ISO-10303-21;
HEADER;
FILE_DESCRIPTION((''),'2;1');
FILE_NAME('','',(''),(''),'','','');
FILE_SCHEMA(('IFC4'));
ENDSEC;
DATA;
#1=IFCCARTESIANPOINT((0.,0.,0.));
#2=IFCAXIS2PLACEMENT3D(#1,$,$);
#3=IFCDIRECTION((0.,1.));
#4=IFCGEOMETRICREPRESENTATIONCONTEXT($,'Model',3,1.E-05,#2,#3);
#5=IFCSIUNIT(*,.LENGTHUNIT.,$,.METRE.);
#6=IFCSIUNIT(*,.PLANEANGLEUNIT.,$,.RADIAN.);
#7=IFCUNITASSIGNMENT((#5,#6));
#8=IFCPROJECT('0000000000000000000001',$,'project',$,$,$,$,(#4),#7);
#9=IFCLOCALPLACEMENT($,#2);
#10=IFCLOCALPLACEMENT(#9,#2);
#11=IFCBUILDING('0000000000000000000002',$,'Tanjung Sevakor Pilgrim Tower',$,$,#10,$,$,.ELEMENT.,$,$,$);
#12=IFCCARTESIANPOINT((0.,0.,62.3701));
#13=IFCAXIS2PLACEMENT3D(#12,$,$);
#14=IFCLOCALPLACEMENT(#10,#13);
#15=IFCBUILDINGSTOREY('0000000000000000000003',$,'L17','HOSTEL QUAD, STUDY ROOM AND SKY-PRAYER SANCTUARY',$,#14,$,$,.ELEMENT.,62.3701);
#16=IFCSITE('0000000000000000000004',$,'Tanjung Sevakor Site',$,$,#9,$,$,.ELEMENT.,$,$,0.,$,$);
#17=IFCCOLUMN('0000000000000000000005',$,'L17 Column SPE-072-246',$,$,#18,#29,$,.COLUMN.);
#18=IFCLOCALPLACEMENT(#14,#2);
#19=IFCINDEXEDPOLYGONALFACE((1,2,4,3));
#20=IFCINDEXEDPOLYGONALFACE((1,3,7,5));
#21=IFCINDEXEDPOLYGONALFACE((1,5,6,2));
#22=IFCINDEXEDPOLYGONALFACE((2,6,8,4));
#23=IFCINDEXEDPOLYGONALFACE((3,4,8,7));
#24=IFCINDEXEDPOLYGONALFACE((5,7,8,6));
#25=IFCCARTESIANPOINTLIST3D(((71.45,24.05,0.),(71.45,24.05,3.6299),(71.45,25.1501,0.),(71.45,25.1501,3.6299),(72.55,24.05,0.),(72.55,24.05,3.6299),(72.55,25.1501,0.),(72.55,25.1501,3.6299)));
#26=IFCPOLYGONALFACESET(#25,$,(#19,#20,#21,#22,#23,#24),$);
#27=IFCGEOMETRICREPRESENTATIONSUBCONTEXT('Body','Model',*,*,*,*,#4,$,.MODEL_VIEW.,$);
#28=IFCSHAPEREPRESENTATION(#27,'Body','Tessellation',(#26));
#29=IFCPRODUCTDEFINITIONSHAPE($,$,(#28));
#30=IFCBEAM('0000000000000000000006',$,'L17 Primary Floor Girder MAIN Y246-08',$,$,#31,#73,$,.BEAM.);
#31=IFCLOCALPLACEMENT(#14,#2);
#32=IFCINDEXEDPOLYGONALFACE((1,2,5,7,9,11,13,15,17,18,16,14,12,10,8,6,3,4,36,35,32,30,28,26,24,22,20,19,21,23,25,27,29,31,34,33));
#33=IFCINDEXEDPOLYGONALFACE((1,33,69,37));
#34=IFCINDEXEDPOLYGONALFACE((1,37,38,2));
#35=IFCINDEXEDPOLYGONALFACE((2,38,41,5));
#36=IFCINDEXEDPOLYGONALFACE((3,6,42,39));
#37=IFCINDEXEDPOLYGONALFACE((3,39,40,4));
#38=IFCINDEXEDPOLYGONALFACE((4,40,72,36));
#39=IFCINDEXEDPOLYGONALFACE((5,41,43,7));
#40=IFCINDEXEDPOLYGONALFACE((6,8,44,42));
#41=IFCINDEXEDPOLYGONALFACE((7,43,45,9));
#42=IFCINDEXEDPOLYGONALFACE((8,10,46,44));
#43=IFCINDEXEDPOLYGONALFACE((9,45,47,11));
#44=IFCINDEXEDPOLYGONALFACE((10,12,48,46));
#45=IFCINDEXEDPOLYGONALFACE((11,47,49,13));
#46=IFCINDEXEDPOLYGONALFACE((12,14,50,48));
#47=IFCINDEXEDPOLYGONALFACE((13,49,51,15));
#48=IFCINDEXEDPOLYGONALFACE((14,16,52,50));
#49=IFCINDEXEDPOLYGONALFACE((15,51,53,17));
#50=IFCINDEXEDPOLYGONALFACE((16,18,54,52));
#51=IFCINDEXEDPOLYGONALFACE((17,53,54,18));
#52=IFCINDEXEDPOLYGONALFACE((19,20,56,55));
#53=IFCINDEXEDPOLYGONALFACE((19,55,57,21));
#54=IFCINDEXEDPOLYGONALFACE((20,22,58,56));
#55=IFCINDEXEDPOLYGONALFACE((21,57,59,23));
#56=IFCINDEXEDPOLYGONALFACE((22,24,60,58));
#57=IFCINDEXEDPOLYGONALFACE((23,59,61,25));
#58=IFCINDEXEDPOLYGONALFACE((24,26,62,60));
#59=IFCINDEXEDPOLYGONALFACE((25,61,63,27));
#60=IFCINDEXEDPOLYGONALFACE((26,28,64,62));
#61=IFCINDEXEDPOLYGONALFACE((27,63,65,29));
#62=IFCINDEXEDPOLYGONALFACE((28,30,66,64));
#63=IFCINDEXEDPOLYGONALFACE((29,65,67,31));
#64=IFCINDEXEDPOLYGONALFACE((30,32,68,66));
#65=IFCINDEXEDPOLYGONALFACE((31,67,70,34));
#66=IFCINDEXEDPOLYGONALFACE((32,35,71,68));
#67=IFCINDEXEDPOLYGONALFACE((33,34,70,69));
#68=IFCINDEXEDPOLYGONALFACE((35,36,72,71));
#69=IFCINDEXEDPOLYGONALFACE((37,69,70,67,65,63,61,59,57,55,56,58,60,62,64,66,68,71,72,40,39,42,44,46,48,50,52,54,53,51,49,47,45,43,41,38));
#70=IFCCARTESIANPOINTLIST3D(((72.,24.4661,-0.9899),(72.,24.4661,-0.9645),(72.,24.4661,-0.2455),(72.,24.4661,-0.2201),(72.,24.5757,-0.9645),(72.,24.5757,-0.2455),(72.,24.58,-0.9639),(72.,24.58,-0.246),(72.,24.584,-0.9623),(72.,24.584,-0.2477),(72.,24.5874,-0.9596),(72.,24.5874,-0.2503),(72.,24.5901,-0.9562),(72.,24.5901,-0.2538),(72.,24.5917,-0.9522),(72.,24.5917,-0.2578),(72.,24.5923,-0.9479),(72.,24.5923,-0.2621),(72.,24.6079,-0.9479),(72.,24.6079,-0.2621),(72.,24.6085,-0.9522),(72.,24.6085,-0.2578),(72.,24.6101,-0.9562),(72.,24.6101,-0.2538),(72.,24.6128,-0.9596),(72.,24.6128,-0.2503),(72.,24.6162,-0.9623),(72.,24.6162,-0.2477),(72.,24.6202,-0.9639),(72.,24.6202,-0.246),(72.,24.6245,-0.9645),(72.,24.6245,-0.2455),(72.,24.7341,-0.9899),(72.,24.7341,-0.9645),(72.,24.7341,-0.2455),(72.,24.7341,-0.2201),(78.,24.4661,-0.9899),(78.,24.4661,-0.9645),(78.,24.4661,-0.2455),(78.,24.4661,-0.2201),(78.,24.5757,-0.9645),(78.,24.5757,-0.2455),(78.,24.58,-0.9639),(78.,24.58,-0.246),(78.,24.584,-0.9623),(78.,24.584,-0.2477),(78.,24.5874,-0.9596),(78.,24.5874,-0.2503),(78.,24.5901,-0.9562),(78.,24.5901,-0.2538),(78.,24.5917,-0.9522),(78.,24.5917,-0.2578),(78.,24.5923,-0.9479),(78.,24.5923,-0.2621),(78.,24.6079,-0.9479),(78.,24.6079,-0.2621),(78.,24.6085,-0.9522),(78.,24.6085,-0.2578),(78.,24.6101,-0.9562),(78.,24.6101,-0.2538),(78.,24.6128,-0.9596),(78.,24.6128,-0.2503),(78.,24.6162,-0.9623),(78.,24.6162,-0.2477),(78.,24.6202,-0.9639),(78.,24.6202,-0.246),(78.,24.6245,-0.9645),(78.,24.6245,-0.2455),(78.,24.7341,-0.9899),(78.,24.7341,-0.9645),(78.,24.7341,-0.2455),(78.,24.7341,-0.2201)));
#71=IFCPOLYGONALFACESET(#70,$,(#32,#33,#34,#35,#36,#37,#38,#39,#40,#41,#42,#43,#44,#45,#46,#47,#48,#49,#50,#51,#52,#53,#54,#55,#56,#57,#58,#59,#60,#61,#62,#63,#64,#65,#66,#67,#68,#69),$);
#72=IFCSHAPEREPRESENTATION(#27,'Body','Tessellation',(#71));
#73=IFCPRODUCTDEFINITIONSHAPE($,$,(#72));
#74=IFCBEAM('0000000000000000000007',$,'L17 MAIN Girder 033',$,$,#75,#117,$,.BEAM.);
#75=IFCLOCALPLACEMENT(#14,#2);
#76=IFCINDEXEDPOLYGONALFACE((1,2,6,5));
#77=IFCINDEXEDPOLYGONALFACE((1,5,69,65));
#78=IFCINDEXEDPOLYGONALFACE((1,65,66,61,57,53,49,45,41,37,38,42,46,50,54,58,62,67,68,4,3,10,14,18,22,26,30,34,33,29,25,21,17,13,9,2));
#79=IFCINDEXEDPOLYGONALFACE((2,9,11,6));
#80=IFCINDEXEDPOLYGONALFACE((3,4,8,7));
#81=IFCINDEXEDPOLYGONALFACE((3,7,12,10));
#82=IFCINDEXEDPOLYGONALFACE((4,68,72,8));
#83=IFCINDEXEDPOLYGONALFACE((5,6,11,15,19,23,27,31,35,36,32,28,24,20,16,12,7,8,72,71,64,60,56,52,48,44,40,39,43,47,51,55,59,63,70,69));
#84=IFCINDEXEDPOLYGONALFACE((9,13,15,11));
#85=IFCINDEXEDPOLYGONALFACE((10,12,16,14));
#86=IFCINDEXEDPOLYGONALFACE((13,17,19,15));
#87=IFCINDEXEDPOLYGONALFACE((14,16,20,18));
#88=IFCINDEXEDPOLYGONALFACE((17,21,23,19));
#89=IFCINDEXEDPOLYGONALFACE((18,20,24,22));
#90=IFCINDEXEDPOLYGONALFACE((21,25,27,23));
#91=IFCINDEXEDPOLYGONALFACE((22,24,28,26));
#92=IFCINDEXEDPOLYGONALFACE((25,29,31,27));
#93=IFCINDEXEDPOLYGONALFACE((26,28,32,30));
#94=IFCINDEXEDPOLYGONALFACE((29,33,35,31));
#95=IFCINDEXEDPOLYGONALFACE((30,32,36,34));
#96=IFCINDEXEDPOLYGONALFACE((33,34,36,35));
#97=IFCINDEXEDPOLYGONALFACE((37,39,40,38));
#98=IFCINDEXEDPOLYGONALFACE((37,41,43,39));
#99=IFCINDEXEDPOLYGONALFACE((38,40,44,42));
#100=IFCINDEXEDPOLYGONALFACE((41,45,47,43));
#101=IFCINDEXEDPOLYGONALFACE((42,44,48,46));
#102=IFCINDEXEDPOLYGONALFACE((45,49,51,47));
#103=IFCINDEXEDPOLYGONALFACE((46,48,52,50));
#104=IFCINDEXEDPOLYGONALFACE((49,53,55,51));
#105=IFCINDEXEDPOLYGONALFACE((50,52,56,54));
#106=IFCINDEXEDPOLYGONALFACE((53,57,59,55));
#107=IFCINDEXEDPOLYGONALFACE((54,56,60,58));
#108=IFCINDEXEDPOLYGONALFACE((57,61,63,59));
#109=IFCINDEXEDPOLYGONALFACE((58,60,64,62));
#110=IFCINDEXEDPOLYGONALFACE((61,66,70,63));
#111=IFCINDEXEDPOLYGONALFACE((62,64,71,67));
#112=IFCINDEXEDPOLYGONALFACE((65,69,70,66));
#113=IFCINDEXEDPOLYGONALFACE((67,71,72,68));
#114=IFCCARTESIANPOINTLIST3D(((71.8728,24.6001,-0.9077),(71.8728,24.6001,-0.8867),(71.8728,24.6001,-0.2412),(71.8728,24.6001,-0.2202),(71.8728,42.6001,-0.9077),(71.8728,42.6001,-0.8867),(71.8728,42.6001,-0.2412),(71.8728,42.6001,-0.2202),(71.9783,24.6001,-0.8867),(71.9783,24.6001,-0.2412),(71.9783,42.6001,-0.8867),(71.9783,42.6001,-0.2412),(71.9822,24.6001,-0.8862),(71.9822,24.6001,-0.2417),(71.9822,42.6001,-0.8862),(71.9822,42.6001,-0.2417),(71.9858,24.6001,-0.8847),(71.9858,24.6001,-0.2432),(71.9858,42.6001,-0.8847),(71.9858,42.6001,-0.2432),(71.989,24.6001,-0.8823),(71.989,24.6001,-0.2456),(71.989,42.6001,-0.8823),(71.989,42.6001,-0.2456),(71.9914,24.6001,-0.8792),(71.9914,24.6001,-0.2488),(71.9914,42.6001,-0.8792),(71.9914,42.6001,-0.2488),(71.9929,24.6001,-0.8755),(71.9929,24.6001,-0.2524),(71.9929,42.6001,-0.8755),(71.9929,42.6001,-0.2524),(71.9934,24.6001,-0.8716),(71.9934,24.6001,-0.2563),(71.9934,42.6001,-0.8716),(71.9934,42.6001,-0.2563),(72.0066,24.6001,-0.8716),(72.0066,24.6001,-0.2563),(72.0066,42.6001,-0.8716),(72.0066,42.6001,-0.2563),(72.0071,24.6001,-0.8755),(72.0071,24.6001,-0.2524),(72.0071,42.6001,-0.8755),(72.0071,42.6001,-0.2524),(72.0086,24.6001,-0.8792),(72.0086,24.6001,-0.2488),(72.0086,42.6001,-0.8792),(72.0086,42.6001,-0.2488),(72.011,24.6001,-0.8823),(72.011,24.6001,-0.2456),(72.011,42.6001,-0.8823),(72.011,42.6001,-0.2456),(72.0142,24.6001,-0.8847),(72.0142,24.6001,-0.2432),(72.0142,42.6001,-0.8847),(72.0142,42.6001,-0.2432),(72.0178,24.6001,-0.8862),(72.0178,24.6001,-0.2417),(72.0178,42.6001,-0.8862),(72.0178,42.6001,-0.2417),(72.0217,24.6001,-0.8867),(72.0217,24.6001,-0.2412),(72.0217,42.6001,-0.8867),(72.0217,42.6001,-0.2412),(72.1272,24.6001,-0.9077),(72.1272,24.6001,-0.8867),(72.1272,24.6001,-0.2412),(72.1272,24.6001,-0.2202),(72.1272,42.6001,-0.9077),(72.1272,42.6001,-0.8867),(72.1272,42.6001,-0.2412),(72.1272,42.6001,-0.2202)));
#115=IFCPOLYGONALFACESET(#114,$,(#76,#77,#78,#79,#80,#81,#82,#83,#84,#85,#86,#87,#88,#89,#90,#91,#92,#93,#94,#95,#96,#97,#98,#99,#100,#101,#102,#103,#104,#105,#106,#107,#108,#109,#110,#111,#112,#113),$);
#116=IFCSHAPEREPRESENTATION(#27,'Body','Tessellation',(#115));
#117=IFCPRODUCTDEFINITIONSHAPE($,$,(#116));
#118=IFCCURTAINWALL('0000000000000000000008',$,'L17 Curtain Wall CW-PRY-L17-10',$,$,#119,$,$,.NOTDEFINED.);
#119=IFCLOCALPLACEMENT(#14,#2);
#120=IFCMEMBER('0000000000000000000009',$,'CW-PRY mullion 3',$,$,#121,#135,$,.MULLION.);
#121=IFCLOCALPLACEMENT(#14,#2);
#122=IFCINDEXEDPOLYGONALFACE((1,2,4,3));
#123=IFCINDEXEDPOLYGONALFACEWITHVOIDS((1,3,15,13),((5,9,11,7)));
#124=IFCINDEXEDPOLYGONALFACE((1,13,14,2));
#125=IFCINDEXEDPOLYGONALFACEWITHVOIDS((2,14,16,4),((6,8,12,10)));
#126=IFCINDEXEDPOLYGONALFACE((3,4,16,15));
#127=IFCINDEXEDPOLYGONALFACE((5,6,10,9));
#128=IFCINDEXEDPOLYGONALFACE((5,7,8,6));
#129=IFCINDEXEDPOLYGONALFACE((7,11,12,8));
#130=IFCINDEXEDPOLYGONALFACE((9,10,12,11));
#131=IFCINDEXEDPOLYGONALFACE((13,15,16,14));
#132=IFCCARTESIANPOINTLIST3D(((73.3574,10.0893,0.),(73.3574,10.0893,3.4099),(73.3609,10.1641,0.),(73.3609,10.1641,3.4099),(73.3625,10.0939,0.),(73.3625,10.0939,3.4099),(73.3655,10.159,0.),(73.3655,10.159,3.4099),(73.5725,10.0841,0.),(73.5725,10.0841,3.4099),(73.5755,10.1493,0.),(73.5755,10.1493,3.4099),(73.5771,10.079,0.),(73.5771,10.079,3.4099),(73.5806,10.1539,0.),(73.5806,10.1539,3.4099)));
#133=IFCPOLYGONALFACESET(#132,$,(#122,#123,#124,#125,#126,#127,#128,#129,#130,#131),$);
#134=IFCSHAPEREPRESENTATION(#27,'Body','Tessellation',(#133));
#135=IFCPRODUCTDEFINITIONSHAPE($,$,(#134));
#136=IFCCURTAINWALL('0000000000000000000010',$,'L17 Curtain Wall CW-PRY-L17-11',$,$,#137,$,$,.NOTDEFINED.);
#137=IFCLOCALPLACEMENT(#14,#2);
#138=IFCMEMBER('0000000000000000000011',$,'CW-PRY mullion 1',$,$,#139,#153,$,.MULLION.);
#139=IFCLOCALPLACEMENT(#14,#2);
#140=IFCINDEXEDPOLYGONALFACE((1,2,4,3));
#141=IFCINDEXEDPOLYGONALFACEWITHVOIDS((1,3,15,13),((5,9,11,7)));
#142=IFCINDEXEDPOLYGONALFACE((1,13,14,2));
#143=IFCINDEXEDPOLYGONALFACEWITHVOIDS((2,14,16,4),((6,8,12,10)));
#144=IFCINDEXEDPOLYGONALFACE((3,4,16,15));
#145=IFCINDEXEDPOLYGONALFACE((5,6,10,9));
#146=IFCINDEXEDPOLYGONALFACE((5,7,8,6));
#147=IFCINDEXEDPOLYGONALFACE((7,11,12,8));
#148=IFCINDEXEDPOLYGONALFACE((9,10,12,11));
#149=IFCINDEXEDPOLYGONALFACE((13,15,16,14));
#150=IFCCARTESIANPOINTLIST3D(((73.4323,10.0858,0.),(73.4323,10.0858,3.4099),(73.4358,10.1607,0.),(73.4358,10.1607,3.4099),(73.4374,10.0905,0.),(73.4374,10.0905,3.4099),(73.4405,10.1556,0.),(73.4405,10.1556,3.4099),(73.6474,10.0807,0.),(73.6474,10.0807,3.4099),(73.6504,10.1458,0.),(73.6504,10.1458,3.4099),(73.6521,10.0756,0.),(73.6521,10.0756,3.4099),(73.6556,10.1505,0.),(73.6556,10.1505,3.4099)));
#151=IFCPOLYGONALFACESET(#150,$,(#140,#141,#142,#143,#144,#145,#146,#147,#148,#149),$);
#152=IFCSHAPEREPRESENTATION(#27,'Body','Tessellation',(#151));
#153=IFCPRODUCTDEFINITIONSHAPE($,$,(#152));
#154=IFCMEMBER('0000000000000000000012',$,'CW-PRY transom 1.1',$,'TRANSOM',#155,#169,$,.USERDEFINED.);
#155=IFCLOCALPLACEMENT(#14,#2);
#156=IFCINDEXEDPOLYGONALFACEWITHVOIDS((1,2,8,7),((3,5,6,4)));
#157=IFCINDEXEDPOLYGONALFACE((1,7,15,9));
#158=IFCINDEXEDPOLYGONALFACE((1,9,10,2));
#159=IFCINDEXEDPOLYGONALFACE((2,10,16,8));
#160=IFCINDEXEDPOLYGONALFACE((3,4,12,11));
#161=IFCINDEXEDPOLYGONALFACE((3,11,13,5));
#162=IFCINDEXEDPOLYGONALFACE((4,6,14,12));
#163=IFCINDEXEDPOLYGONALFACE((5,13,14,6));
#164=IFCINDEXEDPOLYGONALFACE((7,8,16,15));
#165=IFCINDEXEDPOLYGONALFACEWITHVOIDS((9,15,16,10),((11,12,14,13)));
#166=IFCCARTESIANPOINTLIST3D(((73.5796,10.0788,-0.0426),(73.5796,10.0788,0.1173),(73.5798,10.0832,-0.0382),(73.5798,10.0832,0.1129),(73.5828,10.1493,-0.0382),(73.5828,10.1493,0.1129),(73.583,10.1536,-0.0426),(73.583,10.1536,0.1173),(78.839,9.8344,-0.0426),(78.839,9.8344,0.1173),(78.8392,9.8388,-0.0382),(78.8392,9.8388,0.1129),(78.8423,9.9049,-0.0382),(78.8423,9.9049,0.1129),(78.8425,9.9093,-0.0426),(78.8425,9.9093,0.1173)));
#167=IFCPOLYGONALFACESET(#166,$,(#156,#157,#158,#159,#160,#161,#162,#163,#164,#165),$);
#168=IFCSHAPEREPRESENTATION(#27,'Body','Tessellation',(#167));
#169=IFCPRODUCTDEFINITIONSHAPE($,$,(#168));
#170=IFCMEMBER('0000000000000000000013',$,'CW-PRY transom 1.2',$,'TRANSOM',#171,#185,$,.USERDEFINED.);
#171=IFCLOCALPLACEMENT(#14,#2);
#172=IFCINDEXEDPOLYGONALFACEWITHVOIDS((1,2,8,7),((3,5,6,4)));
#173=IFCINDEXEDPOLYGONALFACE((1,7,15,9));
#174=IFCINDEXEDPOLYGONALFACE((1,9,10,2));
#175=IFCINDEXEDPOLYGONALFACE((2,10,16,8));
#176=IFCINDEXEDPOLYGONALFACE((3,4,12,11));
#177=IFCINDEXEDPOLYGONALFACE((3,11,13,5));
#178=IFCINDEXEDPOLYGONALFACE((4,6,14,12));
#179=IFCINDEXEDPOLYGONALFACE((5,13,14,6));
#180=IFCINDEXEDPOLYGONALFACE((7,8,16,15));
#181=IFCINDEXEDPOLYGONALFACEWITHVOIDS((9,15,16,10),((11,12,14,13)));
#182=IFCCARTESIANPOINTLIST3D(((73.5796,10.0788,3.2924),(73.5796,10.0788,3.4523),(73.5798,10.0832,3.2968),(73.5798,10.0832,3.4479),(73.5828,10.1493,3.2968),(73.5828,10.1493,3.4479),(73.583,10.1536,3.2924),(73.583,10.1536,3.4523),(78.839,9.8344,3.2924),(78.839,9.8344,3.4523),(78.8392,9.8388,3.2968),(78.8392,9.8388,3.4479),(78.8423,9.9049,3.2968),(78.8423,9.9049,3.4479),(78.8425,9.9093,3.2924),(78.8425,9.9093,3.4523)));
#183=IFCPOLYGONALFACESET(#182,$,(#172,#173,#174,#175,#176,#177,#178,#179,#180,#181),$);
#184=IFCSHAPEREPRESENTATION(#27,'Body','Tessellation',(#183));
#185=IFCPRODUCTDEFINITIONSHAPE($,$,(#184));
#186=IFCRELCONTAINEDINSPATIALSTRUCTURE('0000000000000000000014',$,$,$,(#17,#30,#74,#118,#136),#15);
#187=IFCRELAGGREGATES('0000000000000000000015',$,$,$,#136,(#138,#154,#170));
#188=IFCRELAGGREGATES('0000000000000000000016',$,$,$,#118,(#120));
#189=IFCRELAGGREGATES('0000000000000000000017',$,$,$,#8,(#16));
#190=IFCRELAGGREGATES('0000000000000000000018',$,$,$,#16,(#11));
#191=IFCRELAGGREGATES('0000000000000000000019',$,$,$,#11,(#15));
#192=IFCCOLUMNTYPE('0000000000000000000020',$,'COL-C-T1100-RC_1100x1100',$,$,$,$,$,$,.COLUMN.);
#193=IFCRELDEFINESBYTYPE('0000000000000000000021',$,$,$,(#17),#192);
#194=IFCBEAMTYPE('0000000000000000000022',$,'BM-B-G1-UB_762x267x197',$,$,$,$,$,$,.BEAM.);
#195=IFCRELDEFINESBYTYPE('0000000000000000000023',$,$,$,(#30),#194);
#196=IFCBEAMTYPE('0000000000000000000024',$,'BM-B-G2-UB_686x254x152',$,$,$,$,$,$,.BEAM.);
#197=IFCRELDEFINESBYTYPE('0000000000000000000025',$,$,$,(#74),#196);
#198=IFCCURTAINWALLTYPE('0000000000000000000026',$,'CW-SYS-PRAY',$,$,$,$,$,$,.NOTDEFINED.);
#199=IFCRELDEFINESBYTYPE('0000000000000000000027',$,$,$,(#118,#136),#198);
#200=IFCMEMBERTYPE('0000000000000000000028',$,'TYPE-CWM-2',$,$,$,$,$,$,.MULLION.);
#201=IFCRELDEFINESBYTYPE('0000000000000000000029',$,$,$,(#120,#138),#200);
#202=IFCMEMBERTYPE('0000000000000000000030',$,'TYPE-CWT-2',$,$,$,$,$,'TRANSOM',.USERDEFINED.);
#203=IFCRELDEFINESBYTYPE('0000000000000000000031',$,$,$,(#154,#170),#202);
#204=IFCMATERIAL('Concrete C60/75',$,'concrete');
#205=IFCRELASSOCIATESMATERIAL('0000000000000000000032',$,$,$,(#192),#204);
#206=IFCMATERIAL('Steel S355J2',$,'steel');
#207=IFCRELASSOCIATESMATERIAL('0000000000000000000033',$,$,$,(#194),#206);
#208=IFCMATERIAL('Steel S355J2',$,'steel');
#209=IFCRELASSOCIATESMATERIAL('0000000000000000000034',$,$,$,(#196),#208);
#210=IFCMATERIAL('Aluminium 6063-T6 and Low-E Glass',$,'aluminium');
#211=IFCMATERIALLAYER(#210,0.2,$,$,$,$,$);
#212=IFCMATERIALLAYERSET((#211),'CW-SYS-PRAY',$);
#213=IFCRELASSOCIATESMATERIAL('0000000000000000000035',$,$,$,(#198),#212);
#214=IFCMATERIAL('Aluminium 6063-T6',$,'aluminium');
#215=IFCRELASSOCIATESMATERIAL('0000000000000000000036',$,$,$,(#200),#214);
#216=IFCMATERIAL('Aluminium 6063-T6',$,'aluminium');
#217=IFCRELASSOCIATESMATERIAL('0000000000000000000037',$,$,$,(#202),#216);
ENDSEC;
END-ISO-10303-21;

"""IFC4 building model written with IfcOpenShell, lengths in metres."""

from ifc_helpers import new_model, si_unit, direction, frame, origin, origin_2d, place, context, subcontext, project, spatial, rectangle, hollow_rectangle, i_section, extrude, material, layer, layer_set, material_profile, profile_set, type_object, element, aggregate, save


model = new_model("IFC4")

# Units and contexts
model_context = context("Model", 3, precision=1e-05, world=origin(), true_north=direction((0.0, 1.0)))
body_context = subcontext(model_context, "Body", "Model", "MODEL_VIEW")
ifc_project = project(units=[si_unit("LENGTHUNIT", "METRE"), si_unit("PLANEANGLEUNIT", "RADIAN")], contexts=[model_context])

# Site, building, storey
site_placement = place(None, origin())
site = spatial("IfcSite", under=ifc_project, at=site_placement, Name="Tanjung Sevakor Site", CompositionType="ELEMENT", RefElevation=0.0)
building_placement = place(site_placement, origin())
building = spatial("IfcBuilding", under=site, at=building_placement, Name="Tanjung Sevakor Pilgrim Tower", CompositionType="ELEMENT")
storey_placement = place(building_placement, frame((0.0, 0.0, 62.3701)))
storey = spatial("IfcBuildingStorey", under=building, at=storey_placement, Name="L17", Description="HOSTEL QUAD, STUDY ROOM AND SKY-PRAYER SANCTUARY", CompositionType="ELEMENT", Elevation=62.3701)

# Column
ifc_material_1 = material(Name="Concrete C60/75", Category="concrete")
ifc_material_profile_1 = material_profile(ifc_material_1, rectangle(XDim=1.1001, YDim=1.1001, at=origin_2d()))
ifc_profile_set_1 = profile_set([ifc_material_profile_1], Name="Concrete C60/75")
column_type = type_object("IfcColumnType", Name="COL-C-T1100-RC_1100x1100", PredefinedType="COLUMN", material=ifc_profile_set_1)
column_placement = place(storey_placement, frame((72.0, 24.6001, 0.0), z_axis=(0.0, 0.0, 1.0), x_axis=(1.0, 0.0, 0.0)))
element("IfcColumn", 1, at=column_placement, inside=storey, type_object=column_type, Name="L17 Column SPE-072-246", PredefinedType="COLUMN", context=body_context, shape_type="SweptSolid", body=[
    extrude(rectangle(XDim=1.1001, YDim=1.1001, at=origin_2d()), origin(), (0.0, 0.0, 1.0), 3.6299),
])

# Beams
ifc_material_2 = material(Name="Steel S355J2", Category="steel")
ifc_material_profile_2 = material_profile(ifc_material_2, i_section(OverallWidth=0.2681, OverallDepth=0.7698, WebThickness=0.0156, FlangeThickness=0.0254, FilletRadius=0.0166, at=origin_2d()))
ifc_profile_set_2 = profile_set([ifc_material_profile_2], Name="Steel S355J2")
beam_type_1 = type_object("IfcBeamType", Name="BM-B-G1-UB_762x267x197", PredefinedType="BEAM", material=ifc_profile_set_2)
beam_1_placement = place(storey_placement, frame((72.0, 24.6001, -0.605), z_axis=(1.0, 0.0, 0.0), x_axis=(0.0, 1.0, 0.0)))
element("IfcBeam", 2, at=beam_1_placement, inside=storey, type_object=beam_type_1, Name="L17 Primary Floor Girder MAIN Y246-08", PredefinedType="BEAM", context=body_context, shape_type="SweptSolid", body=[
    extrude(i_section(OverallWidth=0.2681, OverallDepth=0.7698, WebThickness=0.0156, FlangeThickness=0.0254, FilletRadius=0.0166, at=origin_2d()), origin(), (0.0, 0.0, 1.0), 6.0),
])
ifc_material_3 = material(Name="Steel S355J2", Category="steel")
ifc_material_profile_3 = material_profile(ifc_material_3, i_section(OverallWidth=0.2544, OverallDepth=0.6875, WebThickness=0.0132, FlangeThickness=0.021, FilletRadius=0.0151, at=origin_2d()))
ifc_profile_set_3 = profile_set([ifc_material_profile_3], Name="Steel S355J2")
beam_type_2 = type_object("IfcBeamType", Name="BM-B-G2-UB_686x254x152", PredefinedType="BEAM", material=ifc_profile_set_3)
beam_2_placement = place(storey_placement, frame((72.0, 24.6001, -0.564), z_axis=(0.0, 1.0, 0.0), x_axis=(-1.0, 0.0, 0.0)))
element("IfcBeam", 3, at=beam_2_placement, inside=storey, type_object=beam_type_2, Name="L17 MAIN Girder 033", PredefinedType="BEAM", context=body_context, shape_type="SweptSolid", body=[
    extrude(i_section(OverallWidth=0.2544, OverallDepth=0.6875, WebThickness=0.0132, FlangeThickness=0.021, FilletRadius=0.0151, at=origin_2d()), origin(), (0.0, 0.0, 1.0), 18.0),
])

# Curtain wall, member
ifc_material_4 = material(Name="Aluminium 6063-T6 and Low-E Glass", Category="aluminium")
ifc_layer_1 = layer(ifc_material_4, 0.2)
ifc_layer_set_1 = layer_set([ifc_layer_1], Name="CW-SYS-PRAY")
curtain_wall_type = type_object("IfcCurtainWallType", Name="CW-SYS-PRAY", PredefinedType="NOTDEFINED", material=ifc_layer_set_1)
curtain_wall_1_placement = place(storey_placement, origin())
curtain_wall_1 = element("IfcCurtainWall", 4, at=curtain_wall_1_placement, inside=storey, type_object=curtain_wall_type, Name="L17 Curtain Wall CW-PRY-L17-10", PredefinedType="NOTDEFINED")
ifc_material_5 = material(Name="Aluminium 6063-T6", Category="aluminium")
ifc_material_profile_4 = material_profile(ifc_material_5, hollow_rectangle(XDim=0.075, YDim=0.22, WallThickness=0.0049, at=origin_2d()))
ifc_profile_set_4 = profile_set([ifc_material_profile_4], Name="Aluminium 6063-T6")
member_type_1 = type_object("IfcMemberType", Name="TYPE-CWM-2", PredefinedType="MULLION", material=ifc_profile_set_4)
member_1_placement = place(storey_placement, frame((73.469, 10.1216, 0.0), z_axis=(0.0, 0.0, 1.0), x_axis=(0.04647, 0.99892, 0.0)))
member_1 = element("IfcMember", 5, at=member_1_placement, type_object=member_type_1, Name="CW-PRY mullion 3", PredefinedType="MULLION", context=body_context, shape_type="SweptSolid", body=[
    extrude(hollow_rectangle(XDim=0.075, YDim=0.22, WallThickness=0.0049, at=origin_2d()), origin(), (0.0, 0.0, 1.0), 3.4099),
])

# Curtain wall, members
curtain_wall_2_placement = place(storey_placement, origin())
curtain_wall_2 = element("IfcCurtainWall", 6, at=curtain_wall_2_placement, inside=storey, type_object=curtain_wall_type, Name="L17 Curtain Wall CW-PRY-L17-11", PredefinedType="NOTDEFINED")
member_2_placement = place(storey_placement, frame((73.5439, 10.1182, 0.0), z_axis=(0.0, 0.0, 1.0), x_axis=(0.046452, 0.998921, 0.0)))
member_2 = element("IfcMember", 7, at=member_2_placement, type_object=member_type_1, Name="CW-PRY mullion 1", PredefinedType="MULLION", context=body_context, shape_type="SweptSolid", body=[
    extrude(hollow_rectangle(XDim=0.075, YDim=0.22, WallThickness=0.0049, at=origin_2d()), origin(), (0.0, 0.0, 1.0), 3.4099),
])
ifc_material_6 = material(Name="Aluminium 6063-T6", Category="aluminium")
ifc_material_profile_5 = material_profile(ifc_material_6, hollow_rectangle(XDim=0.075, YDim=0.1599, WallThickness=0.0044, at=origin_2d()))
ifc_profile_set_5 = profile_set([ifc_material_profile_5], Name="Aluminium 6063-T6")
member_type_2 = type_object("IfcMemberType", Name="TYPE-CWT-2", ElementType="TRANSOM", PredefinedType="USERDEFINED", material=ifc_profile_set_5)
member_3_placement = place(storey_placement, frame((73.5813, 10.1162, 0.0374), z_axis=(0.998922, -0.046415, 0.0), x_axis=(0.046415, 0.998922, 0.0)))
member_3 = element("IfcMember", 8, at=member_3_placement, type_object=member_type_2, Name="CW-PRY transom 1.1", ObjectType="TRANSOM", PredefinedType="USERDEFINED", context=body_context, shape_type="SweptSolid", body=[
    extrude(hollow_rectangle(XDim=0.075, YDim=0.1599, WallThickness=0.0044, at=origin_2d()), origin(), (0.0, 0.0, 1.0), 5.2651),
])
member_4_placement = place(storey_placement, frame((73.5813, 10.1162, 3.3723), z_axis=(0.998922, -0.046415, 0.0), x_axis=(0.046415, 0.998922, 0.0)))
member_4 = element("IfcMember", 9, at=member_4_placement, type_object=member_type_2, Name="CW-PRY transom 1.2", ObjectType="TRANSOM", PredefinedType="USERDEFINED", context=body_context, shape_type="SweptSolid", body=[
    extrude(hollow_rectangle(XDim=0.075, YDim=0.1599, WallThickness=0.0044, at=origin_2d()), origin(), (0.0, 0.0, 1.0), 5.2651),
])
aggregate(curtain_wall_2, [member_2, member_3, member_4])

aggregate(curtain_wall_1, [member_1])

save(model, "model.ifc")
